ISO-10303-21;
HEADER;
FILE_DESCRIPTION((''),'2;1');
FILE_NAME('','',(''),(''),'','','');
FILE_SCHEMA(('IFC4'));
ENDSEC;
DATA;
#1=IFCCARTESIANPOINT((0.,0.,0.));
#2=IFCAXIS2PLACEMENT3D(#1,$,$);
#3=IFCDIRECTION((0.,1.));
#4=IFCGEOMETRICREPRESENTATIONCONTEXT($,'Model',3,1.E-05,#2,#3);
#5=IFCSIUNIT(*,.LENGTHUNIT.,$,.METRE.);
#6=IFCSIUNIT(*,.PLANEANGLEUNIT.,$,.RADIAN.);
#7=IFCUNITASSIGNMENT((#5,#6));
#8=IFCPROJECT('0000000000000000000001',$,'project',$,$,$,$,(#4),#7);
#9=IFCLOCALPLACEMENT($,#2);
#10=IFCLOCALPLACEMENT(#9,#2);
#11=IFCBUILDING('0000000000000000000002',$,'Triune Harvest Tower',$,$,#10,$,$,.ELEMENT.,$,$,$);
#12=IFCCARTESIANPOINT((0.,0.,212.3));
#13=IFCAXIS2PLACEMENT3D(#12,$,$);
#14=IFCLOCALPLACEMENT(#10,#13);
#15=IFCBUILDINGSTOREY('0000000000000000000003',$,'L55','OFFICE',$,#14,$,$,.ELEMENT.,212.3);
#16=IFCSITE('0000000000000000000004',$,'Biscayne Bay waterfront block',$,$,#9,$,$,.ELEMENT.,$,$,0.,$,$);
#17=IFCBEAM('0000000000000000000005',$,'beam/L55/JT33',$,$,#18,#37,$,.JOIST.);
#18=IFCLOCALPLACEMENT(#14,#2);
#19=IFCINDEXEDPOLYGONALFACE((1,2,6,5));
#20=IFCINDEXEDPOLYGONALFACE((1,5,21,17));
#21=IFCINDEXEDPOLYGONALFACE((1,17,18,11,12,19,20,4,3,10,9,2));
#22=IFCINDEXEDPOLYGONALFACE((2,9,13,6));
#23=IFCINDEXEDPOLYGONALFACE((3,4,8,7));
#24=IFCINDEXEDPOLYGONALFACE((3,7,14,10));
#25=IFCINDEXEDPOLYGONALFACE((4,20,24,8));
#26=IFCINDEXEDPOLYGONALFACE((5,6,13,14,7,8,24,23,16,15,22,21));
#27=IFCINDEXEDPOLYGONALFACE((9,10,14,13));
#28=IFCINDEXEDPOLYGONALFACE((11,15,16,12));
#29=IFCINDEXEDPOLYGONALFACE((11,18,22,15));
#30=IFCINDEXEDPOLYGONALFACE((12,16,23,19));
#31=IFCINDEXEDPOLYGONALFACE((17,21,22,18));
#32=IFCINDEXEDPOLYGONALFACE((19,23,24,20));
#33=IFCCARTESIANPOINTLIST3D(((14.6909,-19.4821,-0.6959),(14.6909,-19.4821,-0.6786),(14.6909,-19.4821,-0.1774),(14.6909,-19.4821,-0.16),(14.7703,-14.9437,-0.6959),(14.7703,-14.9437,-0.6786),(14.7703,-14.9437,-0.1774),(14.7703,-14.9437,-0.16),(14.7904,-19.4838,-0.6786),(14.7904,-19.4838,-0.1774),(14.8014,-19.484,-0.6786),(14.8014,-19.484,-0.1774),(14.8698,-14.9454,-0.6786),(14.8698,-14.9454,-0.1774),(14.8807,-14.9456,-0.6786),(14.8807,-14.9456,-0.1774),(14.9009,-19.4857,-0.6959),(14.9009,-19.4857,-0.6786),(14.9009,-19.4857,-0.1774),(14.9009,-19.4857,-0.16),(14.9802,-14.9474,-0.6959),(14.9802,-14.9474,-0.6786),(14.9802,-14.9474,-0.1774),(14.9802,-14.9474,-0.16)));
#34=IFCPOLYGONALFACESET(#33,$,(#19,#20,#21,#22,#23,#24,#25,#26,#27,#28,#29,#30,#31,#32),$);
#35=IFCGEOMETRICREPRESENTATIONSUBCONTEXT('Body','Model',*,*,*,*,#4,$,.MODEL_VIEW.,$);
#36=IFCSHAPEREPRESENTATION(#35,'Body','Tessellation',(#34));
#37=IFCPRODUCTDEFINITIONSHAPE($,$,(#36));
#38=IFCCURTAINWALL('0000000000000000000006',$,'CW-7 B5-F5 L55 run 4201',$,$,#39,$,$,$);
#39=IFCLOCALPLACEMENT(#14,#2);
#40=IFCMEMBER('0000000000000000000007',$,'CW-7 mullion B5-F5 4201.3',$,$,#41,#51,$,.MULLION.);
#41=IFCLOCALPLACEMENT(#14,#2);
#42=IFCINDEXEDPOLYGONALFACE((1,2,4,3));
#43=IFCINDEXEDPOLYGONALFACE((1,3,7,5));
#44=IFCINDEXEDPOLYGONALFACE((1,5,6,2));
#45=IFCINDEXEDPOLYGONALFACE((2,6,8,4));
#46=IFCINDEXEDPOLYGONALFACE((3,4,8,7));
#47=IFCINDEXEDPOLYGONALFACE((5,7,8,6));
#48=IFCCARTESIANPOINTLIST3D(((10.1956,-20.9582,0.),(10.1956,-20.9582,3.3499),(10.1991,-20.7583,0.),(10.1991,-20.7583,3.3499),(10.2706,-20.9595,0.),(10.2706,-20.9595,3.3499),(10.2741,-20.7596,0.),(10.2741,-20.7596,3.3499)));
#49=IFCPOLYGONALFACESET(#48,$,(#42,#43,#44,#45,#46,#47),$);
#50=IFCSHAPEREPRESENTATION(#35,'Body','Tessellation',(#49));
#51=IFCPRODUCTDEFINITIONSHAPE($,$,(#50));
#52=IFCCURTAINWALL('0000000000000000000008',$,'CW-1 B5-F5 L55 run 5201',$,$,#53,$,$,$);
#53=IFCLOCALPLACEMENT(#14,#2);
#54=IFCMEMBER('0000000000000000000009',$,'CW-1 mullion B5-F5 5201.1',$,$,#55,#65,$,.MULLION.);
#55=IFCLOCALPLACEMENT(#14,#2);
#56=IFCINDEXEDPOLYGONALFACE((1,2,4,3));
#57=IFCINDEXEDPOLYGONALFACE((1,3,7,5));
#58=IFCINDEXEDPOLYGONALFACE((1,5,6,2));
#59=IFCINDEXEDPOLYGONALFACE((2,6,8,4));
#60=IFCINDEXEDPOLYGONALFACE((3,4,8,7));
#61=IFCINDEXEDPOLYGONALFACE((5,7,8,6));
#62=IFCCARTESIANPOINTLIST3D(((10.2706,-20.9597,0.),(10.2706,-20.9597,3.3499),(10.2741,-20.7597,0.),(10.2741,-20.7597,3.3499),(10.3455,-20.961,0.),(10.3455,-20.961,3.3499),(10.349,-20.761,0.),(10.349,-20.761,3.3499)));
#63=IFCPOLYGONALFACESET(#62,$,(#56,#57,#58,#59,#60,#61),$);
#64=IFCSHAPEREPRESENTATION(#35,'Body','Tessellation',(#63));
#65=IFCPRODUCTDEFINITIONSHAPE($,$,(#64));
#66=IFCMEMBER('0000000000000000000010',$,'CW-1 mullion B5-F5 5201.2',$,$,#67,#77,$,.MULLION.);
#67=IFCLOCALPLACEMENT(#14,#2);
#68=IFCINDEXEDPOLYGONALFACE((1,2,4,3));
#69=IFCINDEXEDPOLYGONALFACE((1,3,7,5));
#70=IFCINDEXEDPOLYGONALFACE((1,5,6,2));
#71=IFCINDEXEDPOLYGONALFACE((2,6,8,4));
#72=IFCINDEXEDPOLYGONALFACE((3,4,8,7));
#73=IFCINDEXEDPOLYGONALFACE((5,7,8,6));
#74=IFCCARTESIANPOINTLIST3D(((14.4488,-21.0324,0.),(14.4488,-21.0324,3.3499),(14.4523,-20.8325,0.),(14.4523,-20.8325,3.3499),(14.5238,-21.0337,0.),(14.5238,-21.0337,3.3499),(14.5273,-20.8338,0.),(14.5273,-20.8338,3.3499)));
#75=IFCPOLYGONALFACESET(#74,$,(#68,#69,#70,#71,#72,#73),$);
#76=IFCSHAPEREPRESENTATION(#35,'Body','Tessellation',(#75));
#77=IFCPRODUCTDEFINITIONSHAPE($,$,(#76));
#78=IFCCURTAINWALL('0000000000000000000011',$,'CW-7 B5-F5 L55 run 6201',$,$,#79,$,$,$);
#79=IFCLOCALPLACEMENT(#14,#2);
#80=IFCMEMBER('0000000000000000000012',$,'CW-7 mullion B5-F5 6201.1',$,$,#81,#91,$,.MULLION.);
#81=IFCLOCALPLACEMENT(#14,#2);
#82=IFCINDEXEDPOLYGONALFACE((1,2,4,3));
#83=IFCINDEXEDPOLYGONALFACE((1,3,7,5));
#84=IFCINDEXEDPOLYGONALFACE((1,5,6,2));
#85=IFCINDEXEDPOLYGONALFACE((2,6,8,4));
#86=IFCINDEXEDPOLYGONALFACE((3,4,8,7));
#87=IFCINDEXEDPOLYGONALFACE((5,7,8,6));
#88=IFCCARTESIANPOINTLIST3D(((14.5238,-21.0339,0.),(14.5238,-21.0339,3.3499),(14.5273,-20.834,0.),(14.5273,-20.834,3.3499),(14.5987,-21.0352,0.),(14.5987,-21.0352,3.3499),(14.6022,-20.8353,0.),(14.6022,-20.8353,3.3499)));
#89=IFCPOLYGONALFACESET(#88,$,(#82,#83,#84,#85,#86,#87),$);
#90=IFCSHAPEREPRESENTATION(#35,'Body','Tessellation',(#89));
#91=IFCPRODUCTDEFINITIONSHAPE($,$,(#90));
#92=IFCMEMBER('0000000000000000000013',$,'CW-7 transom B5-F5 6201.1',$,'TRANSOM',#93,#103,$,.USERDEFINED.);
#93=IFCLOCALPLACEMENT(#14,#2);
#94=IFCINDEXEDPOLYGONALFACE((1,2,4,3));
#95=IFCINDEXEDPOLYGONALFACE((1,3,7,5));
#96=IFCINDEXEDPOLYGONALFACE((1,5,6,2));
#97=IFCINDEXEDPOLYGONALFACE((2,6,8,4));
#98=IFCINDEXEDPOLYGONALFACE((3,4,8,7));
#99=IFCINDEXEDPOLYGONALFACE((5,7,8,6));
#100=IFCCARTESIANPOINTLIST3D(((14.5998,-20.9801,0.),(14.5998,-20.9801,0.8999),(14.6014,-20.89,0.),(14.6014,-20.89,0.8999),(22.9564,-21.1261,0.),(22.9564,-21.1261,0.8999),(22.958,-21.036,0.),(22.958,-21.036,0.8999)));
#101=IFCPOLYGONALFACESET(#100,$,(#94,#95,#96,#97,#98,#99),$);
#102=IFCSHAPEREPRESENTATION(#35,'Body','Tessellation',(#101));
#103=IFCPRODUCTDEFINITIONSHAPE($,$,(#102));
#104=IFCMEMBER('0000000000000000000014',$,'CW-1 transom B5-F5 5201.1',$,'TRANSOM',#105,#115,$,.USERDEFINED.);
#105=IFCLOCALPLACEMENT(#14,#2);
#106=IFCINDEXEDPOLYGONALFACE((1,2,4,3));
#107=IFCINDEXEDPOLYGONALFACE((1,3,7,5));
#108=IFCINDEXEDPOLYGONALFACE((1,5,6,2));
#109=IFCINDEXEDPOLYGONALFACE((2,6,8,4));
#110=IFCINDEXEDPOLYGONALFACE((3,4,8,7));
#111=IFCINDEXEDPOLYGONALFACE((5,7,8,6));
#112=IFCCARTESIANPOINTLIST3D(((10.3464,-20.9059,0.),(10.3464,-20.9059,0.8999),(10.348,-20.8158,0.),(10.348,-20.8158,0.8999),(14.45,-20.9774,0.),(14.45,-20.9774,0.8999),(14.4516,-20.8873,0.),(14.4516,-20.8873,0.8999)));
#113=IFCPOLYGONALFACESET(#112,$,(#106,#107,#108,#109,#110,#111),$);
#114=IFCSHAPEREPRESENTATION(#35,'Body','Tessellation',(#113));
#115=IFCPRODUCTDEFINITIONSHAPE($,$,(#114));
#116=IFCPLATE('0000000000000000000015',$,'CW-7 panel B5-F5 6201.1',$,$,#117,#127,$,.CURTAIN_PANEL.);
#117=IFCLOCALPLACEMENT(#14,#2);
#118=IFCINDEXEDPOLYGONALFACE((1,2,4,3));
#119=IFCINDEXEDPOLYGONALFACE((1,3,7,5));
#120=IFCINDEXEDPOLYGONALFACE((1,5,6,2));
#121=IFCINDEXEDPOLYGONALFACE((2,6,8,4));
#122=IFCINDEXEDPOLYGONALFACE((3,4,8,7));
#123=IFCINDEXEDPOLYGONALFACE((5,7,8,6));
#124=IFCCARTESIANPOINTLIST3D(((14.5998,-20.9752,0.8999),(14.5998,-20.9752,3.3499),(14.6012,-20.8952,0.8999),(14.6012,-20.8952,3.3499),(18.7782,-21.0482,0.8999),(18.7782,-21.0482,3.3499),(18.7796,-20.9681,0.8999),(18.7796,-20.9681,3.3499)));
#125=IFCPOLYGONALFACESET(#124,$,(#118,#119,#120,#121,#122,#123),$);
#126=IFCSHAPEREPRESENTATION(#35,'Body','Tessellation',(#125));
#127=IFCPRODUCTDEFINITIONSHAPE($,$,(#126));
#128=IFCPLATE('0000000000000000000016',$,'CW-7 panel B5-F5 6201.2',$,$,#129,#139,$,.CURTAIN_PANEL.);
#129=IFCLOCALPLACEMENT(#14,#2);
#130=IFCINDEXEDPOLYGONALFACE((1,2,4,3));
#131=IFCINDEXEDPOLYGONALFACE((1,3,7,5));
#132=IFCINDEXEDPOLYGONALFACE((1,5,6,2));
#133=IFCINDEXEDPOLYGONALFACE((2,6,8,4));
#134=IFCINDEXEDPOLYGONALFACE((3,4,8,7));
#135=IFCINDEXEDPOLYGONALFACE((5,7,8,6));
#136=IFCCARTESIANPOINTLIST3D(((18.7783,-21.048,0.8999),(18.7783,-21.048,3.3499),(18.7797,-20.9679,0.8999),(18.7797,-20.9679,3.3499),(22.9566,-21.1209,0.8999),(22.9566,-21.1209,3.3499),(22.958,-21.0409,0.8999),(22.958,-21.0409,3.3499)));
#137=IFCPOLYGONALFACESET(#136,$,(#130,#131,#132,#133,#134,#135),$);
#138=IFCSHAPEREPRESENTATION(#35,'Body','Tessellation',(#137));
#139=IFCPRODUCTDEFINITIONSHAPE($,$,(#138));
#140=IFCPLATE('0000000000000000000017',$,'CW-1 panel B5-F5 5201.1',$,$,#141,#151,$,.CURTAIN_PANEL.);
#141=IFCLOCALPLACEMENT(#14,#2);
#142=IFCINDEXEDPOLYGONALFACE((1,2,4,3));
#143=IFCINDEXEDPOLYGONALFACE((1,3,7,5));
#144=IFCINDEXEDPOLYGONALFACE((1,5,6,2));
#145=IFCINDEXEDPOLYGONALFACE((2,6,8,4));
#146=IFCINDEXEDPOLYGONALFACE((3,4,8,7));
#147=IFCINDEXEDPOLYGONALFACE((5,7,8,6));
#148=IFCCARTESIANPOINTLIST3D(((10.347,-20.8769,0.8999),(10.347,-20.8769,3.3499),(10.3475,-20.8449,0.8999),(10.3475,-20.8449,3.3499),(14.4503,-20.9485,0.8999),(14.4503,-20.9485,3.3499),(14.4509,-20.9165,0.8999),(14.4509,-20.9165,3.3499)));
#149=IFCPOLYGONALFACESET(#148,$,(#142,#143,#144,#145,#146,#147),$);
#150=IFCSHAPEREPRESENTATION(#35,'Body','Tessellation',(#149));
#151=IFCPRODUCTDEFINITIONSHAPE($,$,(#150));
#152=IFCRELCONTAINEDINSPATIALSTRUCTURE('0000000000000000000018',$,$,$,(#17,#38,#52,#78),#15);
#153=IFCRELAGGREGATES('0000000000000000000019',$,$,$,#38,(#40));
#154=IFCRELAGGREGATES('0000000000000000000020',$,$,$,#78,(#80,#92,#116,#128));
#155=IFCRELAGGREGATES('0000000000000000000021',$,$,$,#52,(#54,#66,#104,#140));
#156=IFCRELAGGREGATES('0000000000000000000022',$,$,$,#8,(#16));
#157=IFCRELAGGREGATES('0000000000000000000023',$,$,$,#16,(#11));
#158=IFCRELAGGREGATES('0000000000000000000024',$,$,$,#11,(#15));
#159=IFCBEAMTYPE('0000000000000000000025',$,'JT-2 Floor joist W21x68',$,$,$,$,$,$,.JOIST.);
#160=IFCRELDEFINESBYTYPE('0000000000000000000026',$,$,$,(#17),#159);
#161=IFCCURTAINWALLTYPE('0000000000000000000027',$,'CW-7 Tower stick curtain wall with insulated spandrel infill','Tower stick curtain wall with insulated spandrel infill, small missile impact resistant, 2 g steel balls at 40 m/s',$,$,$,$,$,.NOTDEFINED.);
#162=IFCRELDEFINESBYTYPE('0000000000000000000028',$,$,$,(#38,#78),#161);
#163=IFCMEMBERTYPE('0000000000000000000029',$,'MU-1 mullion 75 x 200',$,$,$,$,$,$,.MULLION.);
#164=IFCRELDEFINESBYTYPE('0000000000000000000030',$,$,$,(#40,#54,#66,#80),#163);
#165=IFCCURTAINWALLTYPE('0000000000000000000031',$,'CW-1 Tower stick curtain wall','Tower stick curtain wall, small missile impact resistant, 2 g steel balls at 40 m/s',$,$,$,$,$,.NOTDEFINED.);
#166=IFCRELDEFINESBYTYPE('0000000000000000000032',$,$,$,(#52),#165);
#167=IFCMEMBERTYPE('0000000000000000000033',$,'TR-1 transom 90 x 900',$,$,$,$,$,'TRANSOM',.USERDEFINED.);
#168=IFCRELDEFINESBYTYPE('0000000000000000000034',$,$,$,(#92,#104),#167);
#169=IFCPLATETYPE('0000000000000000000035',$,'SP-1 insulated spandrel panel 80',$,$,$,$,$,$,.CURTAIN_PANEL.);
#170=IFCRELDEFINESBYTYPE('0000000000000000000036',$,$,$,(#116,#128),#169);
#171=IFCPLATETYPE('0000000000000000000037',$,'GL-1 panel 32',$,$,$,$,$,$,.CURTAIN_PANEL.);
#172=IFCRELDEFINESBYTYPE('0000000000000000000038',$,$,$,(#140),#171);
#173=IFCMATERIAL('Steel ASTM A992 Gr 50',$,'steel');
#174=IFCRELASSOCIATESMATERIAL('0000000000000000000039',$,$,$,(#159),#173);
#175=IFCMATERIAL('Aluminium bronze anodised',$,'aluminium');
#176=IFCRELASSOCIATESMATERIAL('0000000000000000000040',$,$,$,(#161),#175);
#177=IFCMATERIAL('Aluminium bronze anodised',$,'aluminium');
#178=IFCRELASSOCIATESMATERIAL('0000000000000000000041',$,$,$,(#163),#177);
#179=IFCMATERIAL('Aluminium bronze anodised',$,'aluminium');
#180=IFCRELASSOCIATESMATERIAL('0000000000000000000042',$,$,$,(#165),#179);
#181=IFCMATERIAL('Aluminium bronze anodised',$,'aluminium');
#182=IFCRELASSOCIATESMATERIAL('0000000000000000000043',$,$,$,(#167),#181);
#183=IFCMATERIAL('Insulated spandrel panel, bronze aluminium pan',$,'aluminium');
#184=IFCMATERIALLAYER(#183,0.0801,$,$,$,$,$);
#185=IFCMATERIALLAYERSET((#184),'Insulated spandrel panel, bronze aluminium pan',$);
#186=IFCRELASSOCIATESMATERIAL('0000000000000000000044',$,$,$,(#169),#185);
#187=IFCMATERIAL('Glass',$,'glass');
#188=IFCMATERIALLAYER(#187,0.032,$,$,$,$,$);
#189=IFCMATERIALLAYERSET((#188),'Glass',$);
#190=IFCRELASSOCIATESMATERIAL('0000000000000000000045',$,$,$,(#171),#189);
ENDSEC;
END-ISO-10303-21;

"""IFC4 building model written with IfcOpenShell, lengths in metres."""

from ifc_helpers import new_model, si_unit, direction, frame, origin, origin_2d, place, context, subcontext, project, spatial, rectangle, i_section, extrude, source, transform, mapped, material, layer, layer_set, material_profile, profile_set, type_object, element, aggregate, save


model = new_model("IFC4")

# Units and contexts
model_context = context("Model", 3, precision=1e-05, world=origin(), true_north=direction((0.0, 1.0)))
body_context = subcontext(model_context, "Body", "Model", "MODEL_VIEW")
ifc_project = project(units=[si_unit("LENGTHUNIT", "METRE"), si_unit("PLANEANGLEUNIT", "RADIAN")], contexts=[model_context])

# Site, building, storey
site_placement = place(None, origin())
site = spatial("IfcSite", under=ifc_project, at=site_placement, Name="Biscayne Bay waterfront block", CompositionType="ELEMENT", RefElevation=0.0)
building_placement = place(site_placement, origin())
building = spatial("IfcBuilding", under=site, at=building_placement, Name="Triune Harvest Tower", CompositionType="ELEMENT")
storey_placement = place(building_placement, frame((0.0, 0.0, 212.3)))
storey = spatial("IfcBuildingStorey", under=building, at=storey_placement, Name="L55", Description="OFFICE", CompositionType="ELEMENT", Elevation=212.3)

# Beam
ifc_material_1 = material(Name="Steel ASTM A992 Gr 50", Category="steel")
ifc_material_profile_1 = material_profile(ifc_material_1, i_section(OverallWidth=0.21, OverallDepth=0.5359, WebThickness=0.011, FlangeThickness=0.0173, at=origin_2d()), Name="W21x68")
ifc_profile_set_1 = profile_set([ifc_material_profile_1], Name="Steel ASTM A992 Gr 50")
beam_type_1 = type_object("IfcBeamType", Name="JT-2 Floor joist W21x68", PredefinedType="JOIST", material=ifc_profile_set_1)
shared_shape_1 = source(origin(), body_context, "Body", "SweptSolid", [
    extrude(i_section(OverallWidth=0.21, OverallDepth=0.5359, WebThickness=0.011, FlangeThickness=0.0173, at=origin_2d()), origin(), (0.0, 0.0, 1.0), 4.5391),
])
beam_1_placement = place(storey_placement, frame((14.7959, -19.4839, -0.428), z_axis=(0.017481, 0.999847, 0.0), x_axis=(-0.999847, 0.017481, 0.0)))
element("IfcBeam", 1, at=beam_1_placement, inside=storey, type_object=beam_type_1, Name="beam/L55/JT33", PredefinedType="JOIST", context=body_context, shape_type="MappedRepresentation", body=[
    mapped(shared_shape_1, transform((0.0, 0.0, 0.0), scale=1.0)),
])

# Curtain wall, member
ifc_material_2 = material(Name="Aluminium bronze anodised", Category="aluminium")
curtain_wall_type_1 = type_object("IfcCurtainWallType", Name="CW-7 Tower stick curtain wall with insulated spandrel infill", Description="Tower stick curtain wall with insulated spandrel infill, small missile impact resistant, 2 g steel balls at 40 m/s", PredefinedType="NOTDEFINED", material=ifc_material_2)
curtain_wall_1_placement = place(storey_placement, origin())
curtain_wall_1 = element("IfcCurtainWall", 2, at=curtain_wall_1_placement, inside=storey, type_object=curtain_wall_type_1, Name="CW-7 B5-F5 L55 run 4201")
ifc_material_3 = material(Name="Aluminium bronze anodised", Category="aluminium")
ifc_material_profile_2 = material_profile(ifc_material_3, rectangle(XDim=0.2, YDim=0.075, at=origin_2d()), Name="MU-1 mullion 75 x 200")
ifc_profile_set_2 = profile_set([ifc_material_profile_2], Name="Aluminium bronze anodised")
member_type_1 = type_object("IfcMemberType", Name="MU-1 mullion 75 x 200", PredefinedType="MULLION", material=ifc_profile_set_2)
shared_shape_2 = source(origin(), body_context, "Body", "SweptSolid", [
    extrude(rectangle(XDim=0.2, YDim=0.075, at=origin_2d()), origin(), (0.0, 0.0, 1.0), 3.3499),
])
member_1_placement = place(storey_placement, frame((10.2349, -20.8589, 0.0), z_axis=(0.0, 0.0, 1.0), x_axis=(0.017454, 0.999848, 0.0)))
member_1 = element("IfcMember", 3, at=member_1_placement, type_object=member_type_1, Name="CW-7 mullion B5-F5 4201.3", PredefinedType="MULLION", context=body_context, shape_type="MappedRepresentation", body=[
    mapped(shared_shape_2, transform((0.0, 0.0, 0.0), scale=1.0)),
])
aggregate(curtain_wall_1, [member_1])

# Curtain walls, members
ifc_material_4 = material(Name="Aluminium bronze anodised", Category="aluminium")
curtain_wall_type_2 = type_object("IfcCurtainWallType", Name="CW-1 Tower stick curtain wall", Description="Tower stick curtain wall, small missile impact resistant, 2 g steel balls at 40 m/s", PredefinedType="NOTDEFINED", material=ifc_material_4)
curtain_wall_2_placement = place(storey_placement, origin())
curtain_wall_2 = element("IfcCurtainWall", 4, at=curtain_wall_2_placement, inside=storey, type_object=curtain_wall_type_2, Name="CW-1 B5-F5 L55 run 5201")
member_2_placement = place(storey_placement, frame((10.3098, -20.8604, 0.0), z_axis=(0.0, 0.0, 1.0), x_axis=(0.017443, 0.999848, 0.0)))
member_2 = element("IfcMember", 5, at=member_2_placement, type_object=member_type_1, Name="CW-1 mullion B5-F5 5201.1", PredefinedType="MULLION", context=body_context, shape_type="MappedRepresentation", body=[
    mapped(shared_shape_2, transform((0.0, 0.0, 0.0), scale=1.0)),
])
member_3_placement = place(storey_placement, frame((14.488, -20.9331, 0.0), z_axis=(0.0, 0.0, 1.0), x_axis=(0.017443, 0.999848, 0.0)))
member_3 = element("IfcMember", 6, at=member_3_placement, type_object=member_type_1, Name="CW-1 mullion B5-F5 5201.2", PredefinedType="MULLION", context=body_context, shape_type="MappedRepresentation", body=[
    mapped(shared_shape_2, transform((0.0, 0.0, 0.0), scale=1.0)),
])
curtain_wall_3_placement = place(storey_placement, origin())
curtain_wall_3 = element("IfcCurtainWall", 7, at=curtain_wall_3_placement, inside=storey, type_object=curtain_wall_type_1, Name="CW-7 B5-F5 L55 run 6201")
member_4_placement = place(storey_placement, frame((14.563, -20.9346, 0.0), z_axis=(0.0, 0.0, 1.0), x_axis=(0.017454, 0.999848, 0.0)))
member_4 = element("IfcMember", 8, at=member_4_placement, type_object=member_type_1, Name="CW-7 mullion B5-F5 6201.1", PredefinedType="MULLION", context=body_context, shape_type="MappedRepresentation", body=[
    mapped(shared_shape_2, transform((0.0, 0.0, 0.0), scale=1.0)),
])
ifc_material_5 = material(Name="Aluminium bronze anodised", Category="aluminium")
ifc_material_profile_3 = material_profile(ifc_material_5, rectangle(XDim=0.0901, YDim=0.8999, at=origin_2d()), Name="TR-1 transom 90 x 900")
ifc_profile_set_3 = profile_set([ifc_material_profile_3], Name="Aluminium bronze anodised")
member_type_2 = type_object("IfcMemberType", Name="TR-1 transom 90 x 900", ElementType="TRANSOM", PredefinedType="USERDEFINED", material=ifc_profile_set_3)
shared_shape_3 = source(origin(), body_context, "Body", "SweptSolid", [
    extrude(rectangle(XDim=0.0901, YDim=0.8999, at=origin_2d()), origin(), (0.0, 0.0, 1.0), 8.3579),
])
member_5_placement = place(storey_placement, frame((14.6006, -20.9351, 0.45), z_axis=(0.999847, -0.017468, 0.0), x_axis=(0.017468, 0.999847, 0.0)))
member_5 = element("IfcMember", 9, at=member_5_placement, type_object=member_type_2, Name="CW-7 transom B5-F5 6201.1", ObjectType="TRANSOM", PredefinedType="USERDEFINED", context=body_context, shape_type="MappedRepresentation", body=[
    mapped(shared_shape_3, transform((0.0, 0.0, 0.0), scale=1.0)),
])

# Member
shared_shape_4 = source(origin(), body_context, "Body", "SweptSolid", [
    extrude(rectangle(XDim=0.0901, YDim=0.8999, at=origin_2d()), origin(), (0.0, 0.0, 1.0), 4.1042),
])
member_6_placement = place(storey_placement, frame((10.3472, -20.8608, 0.45), z_axis=(0.999848, -0.01743, 0.0), x_axis=(0.01743, 0.999848, 0.0)))
member_6 = element("IfcMember", 10, at=member_6_placement, type_object=member_type_2, Name="CW-1 transom B5-F5 5201.1", ObjectType="TRANSOM", PredefinedType="USERDEFINED", context=body_context, shape_type="MappedRepresentation", body=[
    mapped(shared_shape_4, transform((0.0, 0.0, 0.0), scale=1.0)),
])

# Plates
ifc_material_6 = material(Name="Insulated spandrel panel, bronze aluminium pan", Category="aluminium")
ifc_layer_1 = layer(ifc_material_6, 0.0801)
ifc_layer_set_1 = layer_set([ifc_layer_1], Name="Insulated spandrel panel, bronze aluminium pan")
plate_type_1 = type_object("IfcPlateType", Name="SP-1 insulated spandrel panel 80", PredefinedType="CURTAIN_PANEL", material=ifc_layer_set_1)
shared_shape_5 = source(origin(), body_context, "Body", "SweptSolid", [
    extrude(rectangle(XDim=4.179, YDim=0.0801, at=origin_2d()), origin(), (0.0, 0.0, 1.0), 2.45),
])
plate_1_placement = place(storey_placement, frame((16.6897, -20.9717, 0.8999), z_axis=(0.0, 0.0, 1.0), x_axis=(0.999848, -0.017454, 0.0)))
plate_1 = element("IfcPlate", 11, at=plate_1_placement, type_object=plate_type_1, Name="CW-7 panel B5-F5 6201.1", PredefinedType="CURTAIN_PANEL", context=body_context, shape_type="MappedRepresentation", body=[
    mapped(shared_shape_5, transform((0.0, 0.0, 0.0), scale=1.0)),
])
plate_2_placement = place(storey_placement, frame((20.8682, -21.0444, 0.8999), z_axis=(0.0, 0.0, 1.0), x_axis=(0.999848, -0.017454, 0.0)))
plate_2 = element("IfcPlate", 12, at=plate_2_placement, type_object=plate_type_1, Name="CW-7 panel B5-F5 6201.2", PredefinedType="CURTAIN_PANEL", context=body_context, shape_type="MappedRepresentation", body=[
    mapped(shared_shape_5, transform((0.0, 0.0, 0.0), scale=1.0)),
])
aggregate(curtain_wall_3, [member_4, member_5, plate_1, plate_2])
ifc_material_7 = material(Name="Glass", Category="glass")
ifc_layer_2 = layer(ifc_material_7, 0.032)
ifc_layer_set_2 = layer_set([ifc_layer_2], Name="Glass")
plate_type_2 = type_object("IfcPlateType", Name="GL-1 panel 32", PredefinedType="CURTAIN_PANEL", material=ifc_layer_set_2)
shared_shape_6 = source(origin(), body_context, "Body", "SweptSolid", [
    extrude(rectangle(XDim=4.104, YDim=0.032, at=origin_2d()), origin(), (0.0, 0.0, 1.0), 2.45),
])
plate_3_placement = place(storey_placement, frame((12.3989, -20.8967, 0.8999), z_axis=(0.0, 0.0, 1.0), x_axis=(0.999848, -0.017443, 0.0)))
plate_3 = element("IfcPlate", 13, at=plate_3_placement, type_object=plate_type_2, Name="CW-1 panel B5-F5 5201.1", PredefinedType="CURTAIN_PANEL", context=body_context, shape_type="MappedRepresentation", body=[
    mapped(shared_shape_6, transform((0.0, 0.0, 0.0), scale=1.0)),
])
aggregate(curtain_wall_2, [member_2, member_3, member_6, plate_3])

save(model, "model.ifc")
